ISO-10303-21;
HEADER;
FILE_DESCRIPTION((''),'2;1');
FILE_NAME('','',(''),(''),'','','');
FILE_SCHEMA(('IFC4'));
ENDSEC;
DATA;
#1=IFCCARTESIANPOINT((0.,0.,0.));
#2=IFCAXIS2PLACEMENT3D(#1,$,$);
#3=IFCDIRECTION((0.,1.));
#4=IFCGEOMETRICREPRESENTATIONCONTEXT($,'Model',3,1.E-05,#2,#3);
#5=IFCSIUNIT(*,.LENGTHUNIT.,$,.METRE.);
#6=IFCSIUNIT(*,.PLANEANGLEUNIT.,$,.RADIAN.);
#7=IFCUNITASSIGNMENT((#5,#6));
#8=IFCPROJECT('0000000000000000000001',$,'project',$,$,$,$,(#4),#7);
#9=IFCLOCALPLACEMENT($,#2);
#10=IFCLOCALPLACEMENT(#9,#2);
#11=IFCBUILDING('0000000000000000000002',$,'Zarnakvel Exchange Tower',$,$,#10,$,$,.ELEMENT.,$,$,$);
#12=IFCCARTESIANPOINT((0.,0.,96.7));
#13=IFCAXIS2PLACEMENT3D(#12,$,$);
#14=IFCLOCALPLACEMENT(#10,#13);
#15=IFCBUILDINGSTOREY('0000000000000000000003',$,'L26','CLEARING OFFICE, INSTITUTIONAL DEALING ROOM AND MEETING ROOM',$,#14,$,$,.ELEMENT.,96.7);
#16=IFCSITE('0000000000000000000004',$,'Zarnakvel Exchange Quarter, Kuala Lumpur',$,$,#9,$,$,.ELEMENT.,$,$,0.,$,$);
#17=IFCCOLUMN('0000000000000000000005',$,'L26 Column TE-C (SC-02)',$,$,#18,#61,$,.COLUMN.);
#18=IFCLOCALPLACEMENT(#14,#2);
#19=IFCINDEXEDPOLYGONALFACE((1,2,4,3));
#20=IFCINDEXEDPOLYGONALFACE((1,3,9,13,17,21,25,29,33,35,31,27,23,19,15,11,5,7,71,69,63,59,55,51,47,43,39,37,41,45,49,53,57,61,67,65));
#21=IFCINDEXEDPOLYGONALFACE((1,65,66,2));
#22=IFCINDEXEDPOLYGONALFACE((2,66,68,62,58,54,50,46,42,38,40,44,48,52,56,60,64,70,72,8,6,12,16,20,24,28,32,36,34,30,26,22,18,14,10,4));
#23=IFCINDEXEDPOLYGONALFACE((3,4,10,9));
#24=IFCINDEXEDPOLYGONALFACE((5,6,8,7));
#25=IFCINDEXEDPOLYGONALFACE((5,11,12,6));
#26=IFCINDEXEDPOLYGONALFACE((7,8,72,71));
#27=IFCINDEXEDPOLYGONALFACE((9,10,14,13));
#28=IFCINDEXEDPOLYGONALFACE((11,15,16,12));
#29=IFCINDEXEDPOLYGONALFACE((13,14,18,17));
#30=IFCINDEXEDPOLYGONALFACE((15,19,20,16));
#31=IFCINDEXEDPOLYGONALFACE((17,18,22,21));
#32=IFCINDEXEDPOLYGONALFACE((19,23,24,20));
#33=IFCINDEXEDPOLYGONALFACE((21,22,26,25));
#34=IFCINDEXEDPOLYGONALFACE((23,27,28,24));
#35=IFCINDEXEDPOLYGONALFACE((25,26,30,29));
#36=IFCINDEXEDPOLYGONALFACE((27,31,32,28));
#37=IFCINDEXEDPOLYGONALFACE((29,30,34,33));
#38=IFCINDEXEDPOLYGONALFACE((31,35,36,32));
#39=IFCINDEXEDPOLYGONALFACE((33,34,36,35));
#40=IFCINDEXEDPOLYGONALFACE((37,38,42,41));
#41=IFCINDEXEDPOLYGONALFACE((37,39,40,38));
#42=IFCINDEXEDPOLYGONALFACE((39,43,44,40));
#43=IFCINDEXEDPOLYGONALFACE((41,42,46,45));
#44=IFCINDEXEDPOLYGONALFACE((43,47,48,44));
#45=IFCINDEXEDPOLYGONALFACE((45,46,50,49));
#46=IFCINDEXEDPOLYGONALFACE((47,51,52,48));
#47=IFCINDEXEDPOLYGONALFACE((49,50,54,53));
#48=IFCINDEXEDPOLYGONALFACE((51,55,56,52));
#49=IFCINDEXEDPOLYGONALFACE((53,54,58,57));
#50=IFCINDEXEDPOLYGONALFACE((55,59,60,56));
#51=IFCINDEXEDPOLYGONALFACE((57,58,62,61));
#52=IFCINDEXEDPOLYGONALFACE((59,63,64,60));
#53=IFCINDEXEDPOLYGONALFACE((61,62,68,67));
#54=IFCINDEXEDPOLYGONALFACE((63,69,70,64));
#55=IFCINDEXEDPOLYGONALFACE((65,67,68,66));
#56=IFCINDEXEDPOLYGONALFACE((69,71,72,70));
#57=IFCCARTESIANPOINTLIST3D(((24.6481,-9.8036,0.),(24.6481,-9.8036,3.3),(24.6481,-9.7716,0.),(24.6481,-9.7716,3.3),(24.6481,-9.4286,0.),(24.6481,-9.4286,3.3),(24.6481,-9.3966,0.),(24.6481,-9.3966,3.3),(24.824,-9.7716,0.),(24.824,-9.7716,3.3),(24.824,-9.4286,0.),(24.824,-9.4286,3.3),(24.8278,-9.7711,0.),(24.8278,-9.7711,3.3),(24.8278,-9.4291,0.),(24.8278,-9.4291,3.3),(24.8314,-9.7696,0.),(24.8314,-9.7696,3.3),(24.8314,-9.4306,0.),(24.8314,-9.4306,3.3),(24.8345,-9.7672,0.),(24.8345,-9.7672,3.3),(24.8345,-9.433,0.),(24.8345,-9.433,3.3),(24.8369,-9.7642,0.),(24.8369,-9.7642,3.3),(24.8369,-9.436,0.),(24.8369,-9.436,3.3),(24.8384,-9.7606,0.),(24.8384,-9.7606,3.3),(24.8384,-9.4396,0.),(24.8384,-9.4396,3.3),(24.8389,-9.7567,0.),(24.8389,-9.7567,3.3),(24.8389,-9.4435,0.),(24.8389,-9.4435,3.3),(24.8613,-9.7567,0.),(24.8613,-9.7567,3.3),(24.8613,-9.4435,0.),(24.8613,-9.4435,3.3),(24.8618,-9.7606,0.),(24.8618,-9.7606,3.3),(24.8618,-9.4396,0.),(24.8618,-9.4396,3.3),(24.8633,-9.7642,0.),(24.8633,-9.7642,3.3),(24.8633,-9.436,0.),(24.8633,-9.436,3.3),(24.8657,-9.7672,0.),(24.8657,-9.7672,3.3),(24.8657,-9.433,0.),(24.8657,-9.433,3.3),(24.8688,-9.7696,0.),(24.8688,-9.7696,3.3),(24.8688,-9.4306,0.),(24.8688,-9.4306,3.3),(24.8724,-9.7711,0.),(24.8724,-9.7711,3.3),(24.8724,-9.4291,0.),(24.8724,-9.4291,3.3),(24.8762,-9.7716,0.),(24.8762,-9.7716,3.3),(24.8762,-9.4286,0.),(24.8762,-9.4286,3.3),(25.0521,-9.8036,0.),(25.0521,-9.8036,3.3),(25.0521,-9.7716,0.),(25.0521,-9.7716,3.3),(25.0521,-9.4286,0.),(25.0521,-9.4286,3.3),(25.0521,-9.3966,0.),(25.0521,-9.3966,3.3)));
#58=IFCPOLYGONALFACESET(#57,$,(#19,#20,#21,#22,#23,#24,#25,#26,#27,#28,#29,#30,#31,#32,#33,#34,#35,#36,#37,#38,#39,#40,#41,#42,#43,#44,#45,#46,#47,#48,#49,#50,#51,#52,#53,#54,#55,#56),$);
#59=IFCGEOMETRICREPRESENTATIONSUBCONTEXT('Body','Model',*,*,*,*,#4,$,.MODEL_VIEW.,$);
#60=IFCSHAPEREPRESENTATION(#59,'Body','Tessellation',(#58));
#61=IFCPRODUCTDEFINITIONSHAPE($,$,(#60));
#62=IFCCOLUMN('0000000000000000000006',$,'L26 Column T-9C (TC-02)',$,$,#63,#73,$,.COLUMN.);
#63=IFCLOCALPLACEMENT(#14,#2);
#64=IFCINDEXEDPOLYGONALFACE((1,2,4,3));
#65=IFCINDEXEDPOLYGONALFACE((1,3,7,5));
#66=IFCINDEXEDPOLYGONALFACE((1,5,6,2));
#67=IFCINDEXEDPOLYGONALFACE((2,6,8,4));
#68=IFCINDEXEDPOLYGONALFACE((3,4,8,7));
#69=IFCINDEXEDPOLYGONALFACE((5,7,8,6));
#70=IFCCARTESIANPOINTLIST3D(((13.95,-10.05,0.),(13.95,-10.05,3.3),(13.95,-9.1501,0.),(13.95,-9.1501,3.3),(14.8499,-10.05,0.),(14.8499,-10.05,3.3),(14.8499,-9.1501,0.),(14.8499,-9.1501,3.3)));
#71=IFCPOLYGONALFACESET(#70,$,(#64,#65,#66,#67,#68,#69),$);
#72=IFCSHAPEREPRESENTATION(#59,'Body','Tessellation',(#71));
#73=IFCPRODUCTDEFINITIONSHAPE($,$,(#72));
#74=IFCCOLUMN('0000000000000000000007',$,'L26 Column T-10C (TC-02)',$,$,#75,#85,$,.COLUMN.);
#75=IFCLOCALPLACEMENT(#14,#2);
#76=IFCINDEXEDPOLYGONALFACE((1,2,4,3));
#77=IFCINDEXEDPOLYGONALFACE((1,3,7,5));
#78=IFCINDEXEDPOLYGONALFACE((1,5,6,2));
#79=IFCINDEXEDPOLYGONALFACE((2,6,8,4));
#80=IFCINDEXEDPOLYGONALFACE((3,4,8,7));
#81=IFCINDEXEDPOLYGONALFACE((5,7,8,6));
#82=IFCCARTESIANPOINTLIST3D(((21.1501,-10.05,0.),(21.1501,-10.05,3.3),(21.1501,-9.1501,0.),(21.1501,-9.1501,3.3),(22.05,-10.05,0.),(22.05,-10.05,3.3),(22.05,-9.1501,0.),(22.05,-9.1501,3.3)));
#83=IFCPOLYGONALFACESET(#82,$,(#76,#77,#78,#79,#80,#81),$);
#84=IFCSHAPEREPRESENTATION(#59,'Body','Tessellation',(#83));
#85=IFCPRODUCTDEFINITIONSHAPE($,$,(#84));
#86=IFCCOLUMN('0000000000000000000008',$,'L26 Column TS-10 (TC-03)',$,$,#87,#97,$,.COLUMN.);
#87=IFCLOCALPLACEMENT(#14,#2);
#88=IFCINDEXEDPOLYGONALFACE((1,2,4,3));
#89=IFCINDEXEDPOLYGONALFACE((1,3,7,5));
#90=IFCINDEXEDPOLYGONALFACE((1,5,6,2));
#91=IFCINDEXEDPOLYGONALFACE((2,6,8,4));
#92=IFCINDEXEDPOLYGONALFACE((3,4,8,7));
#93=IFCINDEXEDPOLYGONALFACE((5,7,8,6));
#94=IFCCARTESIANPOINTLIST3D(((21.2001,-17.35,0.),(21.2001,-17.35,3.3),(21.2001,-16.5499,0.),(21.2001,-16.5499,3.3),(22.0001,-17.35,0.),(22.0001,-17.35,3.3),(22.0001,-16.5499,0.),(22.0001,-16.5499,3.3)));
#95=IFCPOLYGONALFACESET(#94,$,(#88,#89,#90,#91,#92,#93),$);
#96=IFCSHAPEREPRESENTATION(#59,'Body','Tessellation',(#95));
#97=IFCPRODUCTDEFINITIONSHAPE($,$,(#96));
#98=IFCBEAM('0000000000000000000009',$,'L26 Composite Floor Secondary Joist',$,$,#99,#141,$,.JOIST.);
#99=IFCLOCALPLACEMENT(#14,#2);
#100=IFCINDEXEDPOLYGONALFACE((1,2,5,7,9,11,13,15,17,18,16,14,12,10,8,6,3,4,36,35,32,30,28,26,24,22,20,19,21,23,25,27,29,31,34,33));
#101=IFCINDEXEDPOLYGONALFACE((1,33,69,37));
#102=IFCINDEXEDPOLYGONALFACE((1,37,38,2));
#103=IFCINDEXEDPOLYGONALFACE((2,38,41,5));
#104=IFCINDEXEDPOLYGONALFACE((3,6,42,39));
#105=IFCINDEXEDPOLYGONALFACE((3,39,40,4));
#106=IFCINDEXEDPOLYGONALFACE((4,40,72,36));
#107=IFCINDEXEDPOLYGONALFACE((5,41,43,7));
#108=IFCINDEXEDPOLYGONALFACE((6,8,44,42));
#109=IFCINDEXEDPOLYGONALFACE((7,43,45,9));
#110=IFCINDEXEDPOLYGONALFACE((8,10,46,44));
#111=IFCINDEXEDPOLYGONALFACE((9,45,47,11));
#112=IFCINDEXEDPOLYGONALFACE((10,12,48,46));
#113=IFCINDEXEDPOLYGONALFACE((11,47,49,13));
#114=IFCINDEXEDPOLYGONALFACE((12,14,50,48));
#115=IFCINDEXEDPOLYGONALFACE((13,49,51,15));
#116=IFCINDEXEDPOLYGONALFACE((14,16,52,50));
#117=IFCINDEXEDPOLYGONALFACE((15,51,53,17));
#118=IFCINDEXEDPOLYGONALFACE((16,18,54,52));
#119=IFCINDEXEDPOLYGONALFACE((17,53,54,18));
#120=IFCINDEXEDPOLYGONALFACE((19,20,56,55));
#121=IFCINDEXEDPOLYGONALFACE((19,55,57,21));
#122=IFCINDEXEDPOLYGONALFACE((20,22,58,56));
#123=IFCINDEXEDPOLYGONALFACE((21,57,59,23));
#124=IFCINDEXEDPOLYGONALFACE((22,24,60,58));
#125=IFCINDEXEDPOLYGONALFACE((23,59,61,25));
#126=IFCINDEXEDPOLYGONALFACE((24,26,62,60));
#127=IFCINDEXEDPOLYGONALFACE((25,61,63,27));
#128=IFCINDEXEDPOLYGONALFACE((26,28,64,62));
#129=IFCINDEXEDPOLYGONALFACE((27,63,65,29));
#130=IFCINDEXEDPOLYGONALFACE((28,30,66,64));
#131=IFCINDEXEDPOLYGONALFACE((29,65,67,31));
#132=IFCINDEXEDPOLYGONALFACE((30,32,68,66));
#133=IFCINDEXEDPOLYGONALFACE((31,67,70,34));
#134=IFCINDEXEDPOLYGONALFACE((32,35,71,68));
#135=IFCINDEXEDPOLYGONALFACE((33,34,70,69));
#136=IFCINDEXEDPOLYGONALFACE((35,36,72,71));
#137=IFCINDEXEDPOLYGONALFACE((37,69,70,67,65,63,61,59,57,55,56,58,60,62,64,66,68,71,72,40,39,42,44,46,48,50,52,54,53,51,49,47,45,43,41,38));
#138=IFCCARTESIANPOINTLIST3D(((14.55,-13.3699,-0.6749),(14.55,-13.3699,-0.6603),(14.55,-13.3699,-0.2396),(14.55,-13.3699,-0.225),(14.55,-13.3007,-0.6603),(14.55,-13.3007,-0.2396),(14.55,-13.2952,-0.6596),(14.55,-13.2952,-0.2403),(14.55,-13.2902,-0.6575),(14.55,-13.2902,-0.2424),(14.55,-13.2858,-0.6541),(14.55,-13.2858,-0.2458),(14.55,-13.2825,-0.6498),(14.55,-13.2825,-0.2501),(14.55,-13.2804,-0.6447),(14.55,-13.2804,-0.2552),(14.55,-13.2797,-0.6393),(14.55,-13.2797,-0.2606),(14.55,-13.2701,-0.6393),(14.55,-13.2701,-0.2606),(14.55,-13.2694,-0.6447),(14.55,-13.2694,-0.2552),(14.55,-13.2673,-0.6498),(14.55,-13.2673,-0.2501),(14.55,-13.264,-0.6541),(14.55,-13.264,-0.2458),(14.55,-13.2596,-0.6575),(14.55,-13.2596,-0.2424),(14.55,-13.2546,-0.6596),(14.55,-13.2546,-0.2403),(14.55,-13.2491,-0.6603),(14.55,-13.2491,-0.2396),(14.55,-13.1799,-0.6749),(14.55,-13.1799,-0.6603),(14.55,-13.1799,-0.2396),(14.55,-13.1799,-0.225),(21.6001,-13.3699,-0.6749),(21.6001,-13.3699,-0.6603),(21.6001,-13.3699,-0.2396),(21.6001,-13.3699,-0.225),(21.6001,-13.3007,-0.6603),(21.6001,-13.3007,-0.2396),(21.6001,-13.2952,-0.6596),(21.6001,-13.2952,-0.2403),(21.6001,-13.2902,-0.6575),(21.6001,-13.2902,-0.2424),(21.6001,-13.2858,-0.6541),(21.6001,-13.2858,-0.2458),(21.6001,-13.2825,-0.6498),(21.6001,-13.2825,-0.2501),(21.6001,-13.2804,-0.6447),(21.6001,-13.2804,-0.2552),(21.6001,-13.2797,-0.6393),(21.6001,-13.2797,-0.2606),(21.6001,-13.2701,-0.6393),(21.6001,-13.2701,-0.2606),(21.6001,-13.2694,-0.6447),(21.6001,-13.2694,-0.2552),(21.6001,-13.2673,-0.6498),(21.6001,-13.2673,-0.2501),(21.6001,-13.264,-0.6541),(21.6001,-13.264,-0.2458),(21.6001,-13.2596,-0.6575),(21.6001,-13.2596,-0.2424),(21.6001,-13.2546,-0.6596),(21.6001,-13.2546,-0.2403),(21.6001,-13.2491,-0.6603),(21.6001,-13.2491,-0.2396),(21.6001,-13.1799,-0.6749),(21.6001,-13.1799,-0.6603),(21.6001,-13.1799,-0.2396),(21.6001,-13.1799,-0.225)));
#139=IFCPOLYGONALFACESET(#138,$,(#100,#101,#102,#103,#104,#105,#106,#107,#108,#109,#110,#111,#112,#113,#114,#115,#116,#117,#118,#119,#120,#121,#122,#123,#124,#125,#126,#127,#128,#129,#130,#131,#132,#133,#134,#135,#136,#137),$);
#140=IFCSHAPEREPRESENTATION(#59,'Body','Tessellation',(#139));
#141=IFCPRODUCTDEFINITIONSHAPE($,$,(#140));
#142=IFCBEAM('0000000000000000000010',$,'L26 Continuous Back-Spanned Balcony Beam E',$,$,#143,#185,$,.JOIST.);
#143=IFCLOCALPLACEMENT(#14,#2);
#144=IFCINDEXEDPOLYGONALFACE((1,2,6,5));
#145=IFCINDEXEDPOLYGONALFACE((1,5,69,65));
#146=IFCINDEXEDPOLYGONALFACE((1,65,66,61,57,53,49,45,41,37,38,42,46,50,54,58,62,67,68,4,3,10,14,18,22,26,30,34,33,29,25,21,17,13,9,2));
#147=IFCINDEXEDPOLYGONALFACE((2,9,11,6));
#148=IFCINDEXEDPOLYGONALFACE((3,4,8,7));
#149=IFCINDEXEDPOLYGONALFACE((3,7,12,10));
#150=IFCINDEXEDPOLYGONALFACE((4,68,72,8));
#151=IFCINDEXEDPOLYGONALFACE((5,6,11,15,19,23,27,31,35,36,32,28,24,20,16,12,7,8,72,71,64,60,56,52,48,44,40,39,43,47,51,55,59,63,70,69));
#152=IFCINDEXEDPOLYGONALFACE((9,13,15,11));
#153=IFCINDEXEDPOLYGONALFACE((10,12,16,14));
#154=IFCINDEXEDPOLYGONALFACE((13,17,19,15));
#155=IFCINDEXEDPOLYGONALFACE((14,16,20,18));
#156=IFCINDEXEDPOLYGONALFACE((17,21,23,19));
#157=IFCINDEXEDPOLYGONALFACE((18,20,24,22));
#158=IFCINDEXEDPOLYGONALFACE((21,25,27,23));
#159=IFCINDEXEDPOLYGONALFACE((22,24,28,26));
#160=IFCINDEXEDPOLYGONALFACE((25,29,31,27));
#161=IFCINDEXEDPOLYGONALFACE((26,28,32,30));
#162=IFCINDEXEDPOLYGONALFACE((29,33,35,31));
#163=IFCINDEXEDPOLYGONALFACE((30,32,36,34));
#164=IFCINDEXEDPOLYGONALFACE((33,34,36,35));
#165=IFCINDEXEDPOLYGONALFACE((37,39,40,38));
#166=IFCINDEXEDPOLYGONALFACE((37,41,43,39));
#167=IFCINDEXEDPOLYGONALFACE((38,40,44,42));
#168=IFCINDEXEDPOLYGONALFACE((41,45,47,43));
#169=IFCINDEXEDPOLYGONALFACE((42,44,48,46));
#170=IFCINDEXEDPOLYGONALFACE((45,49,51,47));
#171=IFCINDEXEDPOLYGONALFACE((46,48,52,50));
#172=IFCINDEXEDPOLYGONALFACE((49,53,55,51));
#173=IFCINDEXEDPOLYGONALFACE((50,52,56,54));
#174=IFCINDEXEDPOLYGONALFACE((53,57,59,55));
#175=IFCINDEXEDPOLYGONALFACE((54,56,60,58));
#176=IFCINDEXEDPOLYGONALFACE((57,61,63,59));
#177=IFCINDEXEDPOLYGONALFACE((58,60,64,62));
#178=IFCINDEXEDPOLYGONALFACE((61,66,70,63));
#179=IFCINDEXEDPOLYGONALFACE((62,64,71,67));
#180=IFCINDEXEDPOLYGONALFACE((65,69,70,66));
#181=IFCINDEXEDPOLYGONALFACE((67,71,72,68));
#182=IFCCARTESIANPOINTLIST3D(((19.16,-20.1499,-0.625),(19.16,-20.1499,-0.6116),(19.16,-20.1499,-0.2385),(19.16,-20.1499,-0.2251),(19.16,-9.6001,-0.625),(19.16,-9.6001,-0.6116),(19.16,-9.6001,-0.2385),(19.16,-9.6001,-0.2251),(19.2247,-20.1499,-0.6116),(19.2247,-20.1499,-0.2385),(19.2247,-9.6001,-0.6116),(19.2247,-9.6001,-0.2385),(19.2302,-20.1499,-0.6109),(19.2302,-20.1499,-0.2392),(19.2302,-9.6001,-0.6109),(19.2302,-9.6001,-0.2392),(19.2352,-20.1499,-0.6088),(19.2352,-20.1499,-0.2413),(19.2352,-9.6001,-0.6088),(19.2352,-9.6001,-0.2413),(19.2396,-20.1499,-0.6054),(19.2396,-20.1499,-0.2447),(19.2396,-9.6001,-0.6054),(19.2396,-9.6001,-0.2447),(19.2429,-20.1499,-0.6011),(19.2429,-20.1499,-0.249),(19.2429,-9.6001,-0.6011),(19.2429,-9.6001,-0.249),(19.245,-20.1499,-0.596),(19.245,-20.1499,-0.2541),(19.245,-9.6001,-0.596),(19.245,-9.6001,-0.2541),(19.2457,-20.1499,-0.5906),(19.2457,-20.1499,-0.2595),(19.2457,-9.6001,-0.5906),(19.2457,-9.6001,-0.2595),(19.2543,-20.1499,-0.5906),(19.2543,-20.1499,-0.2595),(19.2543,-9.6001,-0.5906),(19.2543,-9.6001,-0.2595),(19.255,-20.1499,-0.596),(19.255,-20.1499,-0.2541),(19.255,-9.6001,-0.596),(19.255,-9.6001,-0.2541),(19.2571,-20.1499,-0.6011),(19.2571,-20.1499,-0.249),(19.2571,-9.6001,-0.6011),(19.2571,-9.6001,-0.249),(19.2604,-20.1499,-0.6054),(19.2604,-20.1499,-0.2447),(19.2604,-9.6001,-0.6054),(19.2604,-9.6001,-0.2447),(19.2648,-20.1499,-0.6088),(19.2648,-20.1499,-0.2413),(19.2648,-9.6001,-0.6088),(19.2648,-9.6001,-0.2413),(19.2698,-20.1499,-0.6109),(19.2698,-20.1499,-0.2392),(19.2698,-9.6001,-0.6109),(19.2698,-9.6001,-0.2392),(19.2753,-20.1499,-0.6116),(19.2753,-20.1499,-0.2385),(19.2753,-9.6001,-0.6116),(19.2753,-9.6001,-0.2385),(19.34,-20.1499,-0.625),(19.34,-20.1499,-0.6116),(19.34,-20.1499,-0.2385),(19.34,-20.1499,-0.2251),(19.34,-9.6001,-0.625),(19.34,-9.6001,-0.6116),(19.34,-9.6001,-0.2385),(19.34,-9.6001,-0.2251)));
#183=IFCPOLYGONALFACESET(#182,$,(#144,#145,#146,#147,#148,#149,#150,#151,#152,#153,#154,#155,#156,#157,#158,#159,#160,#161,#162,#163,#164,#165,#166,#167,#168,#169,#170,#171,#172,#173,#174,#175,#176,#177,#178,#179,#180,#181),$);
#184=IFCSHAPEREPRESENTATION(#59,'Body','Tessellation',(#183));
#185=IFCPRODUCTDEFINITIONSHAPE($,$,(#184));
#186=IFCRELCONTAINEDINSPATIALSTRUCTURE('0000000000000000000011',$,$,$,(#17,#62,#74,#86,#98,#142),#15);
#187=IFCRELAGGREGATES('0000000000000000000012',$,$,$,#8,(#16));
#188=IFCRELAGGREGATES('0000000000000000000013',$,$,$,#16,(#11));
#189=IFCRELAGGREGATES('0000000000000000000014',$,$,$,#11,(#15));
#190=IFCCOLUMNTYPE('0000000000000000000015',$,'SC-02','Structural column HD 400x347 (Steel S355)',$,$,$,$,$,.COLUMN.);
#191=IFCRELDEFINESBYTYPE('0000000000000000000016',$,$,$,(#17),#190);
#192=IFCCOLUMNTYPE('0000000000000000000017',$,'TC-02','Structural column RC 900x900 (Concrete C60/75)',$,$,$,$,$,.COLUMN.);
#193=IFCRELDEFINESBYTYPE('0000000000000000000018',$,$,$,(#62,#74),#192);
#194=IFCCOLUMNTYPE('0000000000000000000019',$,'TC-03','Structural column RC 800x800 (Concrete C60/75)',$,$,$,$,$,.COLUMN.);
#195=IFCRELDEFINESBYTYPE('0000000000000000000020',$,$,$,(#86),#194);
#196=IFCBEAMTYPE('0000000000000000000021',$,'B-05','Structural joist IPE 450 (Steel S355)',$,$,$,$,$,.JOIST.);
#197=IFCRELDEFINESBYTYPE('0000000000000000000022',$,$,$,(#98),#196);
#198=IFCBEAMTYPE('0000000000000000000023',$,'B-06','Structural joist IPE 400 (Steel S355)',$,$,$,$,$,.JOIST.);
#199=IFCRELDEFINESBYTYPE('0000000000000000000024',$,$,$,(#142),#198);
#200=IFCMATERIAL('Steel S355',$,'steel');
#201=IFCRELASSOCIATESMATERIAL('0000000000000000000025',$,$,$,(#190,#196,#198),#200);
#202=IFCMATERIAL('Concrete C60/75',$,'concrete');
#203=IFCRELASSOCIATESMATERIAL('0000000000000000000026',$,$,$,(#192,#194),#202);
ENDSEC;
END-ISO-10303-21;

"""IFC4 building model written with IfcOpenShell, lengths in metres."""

from ifc_helpers import new_model, si_unit, direction, frame, origin, origin_2d, place, context, subcontext, project, spatial, rectangle, i_section, extrude, material, material_profile, profile_set, type_object, element, save


model = new_model("IFC4")

# Units and contexts
model_context = context("Model", 3, precision=1e-05, world=origin(), true_north=direction((0.0, 1.0)))
body_context = subcontext(model_context, "Body", "Model", "MODEL_VIEW")
ifc_project = project(units=[si_unit("LENGTHUNIT", "METRE"), si_unit("PLANEANGLEUNIT", "RADIAN")], contexts=[model_context])

# Site, building, storey
site_placement = place(None, origin())
site = spatial("IfcSite", under=ifc_project, at=site_placement, Name="Zarnakvel Exchange Quarter, Kuala Lumpur", CompositionType="ELEMENT", RefElevation=0.0)
building_placement = place(site_placement, origin())
building = spatial("IfcBuilding", under=site, at=building_placement, Name="Zarnakvel Exchange Tower", CompositionType="ELEMENT")
storey_placement = place(building_placement, frame((0.0, 0.0, 96.7)))
storey = spatial("IfcBuildingStorey", under=building, at=storey_placement, Name="L26", Description="CLEARING OFFICE, INSTITUTIONAL DEALING ROOM AND MEETING ROOM", CompositionType="ELEMENT", Elevation=96.7)

# Columns
ifc_material_1 = material(Name="Steel S355", Category="steel")
ifc_material_profile_1 = material_profile(ifc_material_1, i_section(OverallWidth=0.4041, OverallDepth=0.407, WebThickness=0.0225, FlangeThickness=0.032, FilletRadius=0.0149, at=origin_2d()))
ifc_profile_set_1 = profile_set([ifc_material_profile_1], Name="Steel S355")
column_type_1 = type_object("IfcColumnType", Name="SC-02", Description="Structural column HD 400x347 (Steel S355)", PredefinedType="COLUMN", material=ifc_profile_set_1)
column_1_placement = place(storey_placement, frame((24.8501, -9.6001, 0.0), z_axis=(0.0, 0.0, 1.0), x_axis=(1.0, 0.0, 0.0)))
element("IfcColumn", 1, at=column_1_placement, inside=storey, type_object=column_type_1, Name="L26 Column TE-C (SC-02)", PredefinedType="COLUMN", context=body_context, shape_type="SweptSolid", body=[
    extrude(i_section(OverallWidth=0.4041, OverallDepth=0.407, WebThickness=0.0225, FlangeThickness=0.032, FilletRadius=0.0149, at=origin_2d()), origin(), (0.0, 0.0, 1.0), 3.3),
])
ifc_material_2 = material(Name="Concrete C60/75", Category="concrete")
ifc_material_profile_2 = material_profile(ifc_material_2, rectangle(XDim=0.8999, YDim=0.8999, at=origin_2d()))
ifc_profile_set_2 = profile_set([ifc_material_profile_2], Name="Concrete C60/75")
column_type_2 = type_object("IfcColumnType", Name="TC-02", Description="Structural column RC 900x900 (Concrete C60/75)", PredefinedType="COLUMN", material=ifc_profile_set_2)
for number, where, z_axis, x_axis, name in (
    (2, (14.3999, -9.6001, 0.0), (0.0, 0.0, 1.0), (1.0, 0.0, 0.0), "L26 Column T-9C (TC-02)"),
    (3, (21.6001, -9.6001, 0.0), (0.0, 0.0, 1.0), (1.0, 0.0, 0.0), "L26 Column T-10C (TC-02)"),
):
    element("IfcColumn", number, at=place(storey_placement, frame(where, z_axis=z_axis, x_axis=x_axis)), inside=storey, type_object=column_type_2, Name=name, PredefinedType="COLUMN", context=body_context, shape_type="SweptSolid", body=[
        extrude(rectangle(XDim=0.8999, YDim=0.8999, at=origin_2d()), origin(), (0.0, 0.0, 1.0), 3.3),
    ])
ifc_material_profile_3 = material_profile(ifc_material_2, rectangle(XDim=0.8, YDim=0.8, at=origin_2d()))
ifc_profile_set_3 = profile_set([ifc_material_profile_3], Name="Concrete C60/75")
column_type_3 = type_object("IfcColumnType", Name="TC-03", Description="Structural column RC 800x800 (Concrete C60/75)", PredefinedType="COLUMN", material=ifc_profile_set_3)
column_2_placement = place(storey_placement, frame((21.6001, -16.95, 0.0), z_axis=(0.0, 0.0, 1.0), x_axis=(1.0, 0.0, 0.0)))
element("IfcColumn", 4, at=column_2_placement, inside=storey, type_object=column_type_3, Name="L26 Column TS-10 (TC-03)", PredefinedType="COLUMN", context=body_context, shape_type="SweptSolid", body=[
    extrude(rectangle(XDim=0.8, YDim=0.8, at=origin_2d()), origin(), (0.0, 0.0, 1.0), 3.3),
])

# Beams
ifc_material_profile_4 = material_profile(ifc_material_1, i_section(OverallWidth=0.1899, OverallDepth=0.45, WebThickness=0.0095, FlangeThickness=0.0146, FilletRadius=0.021, at=origin_2d()))
ifc_profile_set_4 = profile_set([ifc_material_profile_4], Name="Steel S355")
beam_type_1 = type_object("IfcBeamType", Name="B-05", Description="Structural joist IPE 450 (Steel S355)", PredefinedType="JOIST", material=ifc_profile_set_4)
beam_1_placement = place(storey_placement, frame((14.55, -13.2749, -0.45), z_axis=(1.0, 0.0, 0.0), x_axis=(0.0, 1.0, 0.0)))
element("IfcBeam", 5, at=beam_1_placement, inside=storey, type_object=beam_type_1, Name="L26 Composite Floor Secondary Joist", PredefinedType="JOIST", context=body_context, shape_type="SweptSolid", body=[
    extrude(i_section(OverallWidth=0.1899, OverallDepth=0.45, WebThickness=0.0095, FlangeThickness=0.0146, FilletRadius=0.021, at=origin_2d()), origin(), (0.0, 0.0, 1.0), 7.05),
])
ifc_material_profile_5 = material_profile(ifc_material_1, i_section(OverallWidth=0.1799, OverallDepth=0.3999, WebThickness=0.0085, FlangeThickness=0.0134, FilletRadius=0.021, at=origin_2d()))
ifc_profile_set_5 = profile_set([ifc_material_profile_5], Name="Steel S355")
beam_type_2 = type_object("IfcBeamType", Name="B-06", Description="Structural joist IPE 400 (Steel S355)", PredefinedType="JOIST", material=ifc_profile_set_5)
beam_2_placement = place(storey_placement, frame((19.25, -9.6001, -0.425), z_axis=(0.0, -1.0, 0.0), x_axis=(1.0, 0.0, 0.0)))
element("IfcBeam", 6, at=beam_2_placement, inside=storey, type_object=beam_type_2, Name="L26 Continuous Back-Spanned Balcony Beam E", PredefinedType="JOIST", context=body_context, shape_type="SweptSolid", body=[
    extrude(i_section(OverallWidth=0.1799, OverallDepth=0.3999, WebThickness=0.0085, FlangeThickness=0.0134, FilletRadius=0.021, at=origin_2d()), origin(), (0.0, 0.0, 1.0), 10.5498),
])

save(model, "model.ifc")
